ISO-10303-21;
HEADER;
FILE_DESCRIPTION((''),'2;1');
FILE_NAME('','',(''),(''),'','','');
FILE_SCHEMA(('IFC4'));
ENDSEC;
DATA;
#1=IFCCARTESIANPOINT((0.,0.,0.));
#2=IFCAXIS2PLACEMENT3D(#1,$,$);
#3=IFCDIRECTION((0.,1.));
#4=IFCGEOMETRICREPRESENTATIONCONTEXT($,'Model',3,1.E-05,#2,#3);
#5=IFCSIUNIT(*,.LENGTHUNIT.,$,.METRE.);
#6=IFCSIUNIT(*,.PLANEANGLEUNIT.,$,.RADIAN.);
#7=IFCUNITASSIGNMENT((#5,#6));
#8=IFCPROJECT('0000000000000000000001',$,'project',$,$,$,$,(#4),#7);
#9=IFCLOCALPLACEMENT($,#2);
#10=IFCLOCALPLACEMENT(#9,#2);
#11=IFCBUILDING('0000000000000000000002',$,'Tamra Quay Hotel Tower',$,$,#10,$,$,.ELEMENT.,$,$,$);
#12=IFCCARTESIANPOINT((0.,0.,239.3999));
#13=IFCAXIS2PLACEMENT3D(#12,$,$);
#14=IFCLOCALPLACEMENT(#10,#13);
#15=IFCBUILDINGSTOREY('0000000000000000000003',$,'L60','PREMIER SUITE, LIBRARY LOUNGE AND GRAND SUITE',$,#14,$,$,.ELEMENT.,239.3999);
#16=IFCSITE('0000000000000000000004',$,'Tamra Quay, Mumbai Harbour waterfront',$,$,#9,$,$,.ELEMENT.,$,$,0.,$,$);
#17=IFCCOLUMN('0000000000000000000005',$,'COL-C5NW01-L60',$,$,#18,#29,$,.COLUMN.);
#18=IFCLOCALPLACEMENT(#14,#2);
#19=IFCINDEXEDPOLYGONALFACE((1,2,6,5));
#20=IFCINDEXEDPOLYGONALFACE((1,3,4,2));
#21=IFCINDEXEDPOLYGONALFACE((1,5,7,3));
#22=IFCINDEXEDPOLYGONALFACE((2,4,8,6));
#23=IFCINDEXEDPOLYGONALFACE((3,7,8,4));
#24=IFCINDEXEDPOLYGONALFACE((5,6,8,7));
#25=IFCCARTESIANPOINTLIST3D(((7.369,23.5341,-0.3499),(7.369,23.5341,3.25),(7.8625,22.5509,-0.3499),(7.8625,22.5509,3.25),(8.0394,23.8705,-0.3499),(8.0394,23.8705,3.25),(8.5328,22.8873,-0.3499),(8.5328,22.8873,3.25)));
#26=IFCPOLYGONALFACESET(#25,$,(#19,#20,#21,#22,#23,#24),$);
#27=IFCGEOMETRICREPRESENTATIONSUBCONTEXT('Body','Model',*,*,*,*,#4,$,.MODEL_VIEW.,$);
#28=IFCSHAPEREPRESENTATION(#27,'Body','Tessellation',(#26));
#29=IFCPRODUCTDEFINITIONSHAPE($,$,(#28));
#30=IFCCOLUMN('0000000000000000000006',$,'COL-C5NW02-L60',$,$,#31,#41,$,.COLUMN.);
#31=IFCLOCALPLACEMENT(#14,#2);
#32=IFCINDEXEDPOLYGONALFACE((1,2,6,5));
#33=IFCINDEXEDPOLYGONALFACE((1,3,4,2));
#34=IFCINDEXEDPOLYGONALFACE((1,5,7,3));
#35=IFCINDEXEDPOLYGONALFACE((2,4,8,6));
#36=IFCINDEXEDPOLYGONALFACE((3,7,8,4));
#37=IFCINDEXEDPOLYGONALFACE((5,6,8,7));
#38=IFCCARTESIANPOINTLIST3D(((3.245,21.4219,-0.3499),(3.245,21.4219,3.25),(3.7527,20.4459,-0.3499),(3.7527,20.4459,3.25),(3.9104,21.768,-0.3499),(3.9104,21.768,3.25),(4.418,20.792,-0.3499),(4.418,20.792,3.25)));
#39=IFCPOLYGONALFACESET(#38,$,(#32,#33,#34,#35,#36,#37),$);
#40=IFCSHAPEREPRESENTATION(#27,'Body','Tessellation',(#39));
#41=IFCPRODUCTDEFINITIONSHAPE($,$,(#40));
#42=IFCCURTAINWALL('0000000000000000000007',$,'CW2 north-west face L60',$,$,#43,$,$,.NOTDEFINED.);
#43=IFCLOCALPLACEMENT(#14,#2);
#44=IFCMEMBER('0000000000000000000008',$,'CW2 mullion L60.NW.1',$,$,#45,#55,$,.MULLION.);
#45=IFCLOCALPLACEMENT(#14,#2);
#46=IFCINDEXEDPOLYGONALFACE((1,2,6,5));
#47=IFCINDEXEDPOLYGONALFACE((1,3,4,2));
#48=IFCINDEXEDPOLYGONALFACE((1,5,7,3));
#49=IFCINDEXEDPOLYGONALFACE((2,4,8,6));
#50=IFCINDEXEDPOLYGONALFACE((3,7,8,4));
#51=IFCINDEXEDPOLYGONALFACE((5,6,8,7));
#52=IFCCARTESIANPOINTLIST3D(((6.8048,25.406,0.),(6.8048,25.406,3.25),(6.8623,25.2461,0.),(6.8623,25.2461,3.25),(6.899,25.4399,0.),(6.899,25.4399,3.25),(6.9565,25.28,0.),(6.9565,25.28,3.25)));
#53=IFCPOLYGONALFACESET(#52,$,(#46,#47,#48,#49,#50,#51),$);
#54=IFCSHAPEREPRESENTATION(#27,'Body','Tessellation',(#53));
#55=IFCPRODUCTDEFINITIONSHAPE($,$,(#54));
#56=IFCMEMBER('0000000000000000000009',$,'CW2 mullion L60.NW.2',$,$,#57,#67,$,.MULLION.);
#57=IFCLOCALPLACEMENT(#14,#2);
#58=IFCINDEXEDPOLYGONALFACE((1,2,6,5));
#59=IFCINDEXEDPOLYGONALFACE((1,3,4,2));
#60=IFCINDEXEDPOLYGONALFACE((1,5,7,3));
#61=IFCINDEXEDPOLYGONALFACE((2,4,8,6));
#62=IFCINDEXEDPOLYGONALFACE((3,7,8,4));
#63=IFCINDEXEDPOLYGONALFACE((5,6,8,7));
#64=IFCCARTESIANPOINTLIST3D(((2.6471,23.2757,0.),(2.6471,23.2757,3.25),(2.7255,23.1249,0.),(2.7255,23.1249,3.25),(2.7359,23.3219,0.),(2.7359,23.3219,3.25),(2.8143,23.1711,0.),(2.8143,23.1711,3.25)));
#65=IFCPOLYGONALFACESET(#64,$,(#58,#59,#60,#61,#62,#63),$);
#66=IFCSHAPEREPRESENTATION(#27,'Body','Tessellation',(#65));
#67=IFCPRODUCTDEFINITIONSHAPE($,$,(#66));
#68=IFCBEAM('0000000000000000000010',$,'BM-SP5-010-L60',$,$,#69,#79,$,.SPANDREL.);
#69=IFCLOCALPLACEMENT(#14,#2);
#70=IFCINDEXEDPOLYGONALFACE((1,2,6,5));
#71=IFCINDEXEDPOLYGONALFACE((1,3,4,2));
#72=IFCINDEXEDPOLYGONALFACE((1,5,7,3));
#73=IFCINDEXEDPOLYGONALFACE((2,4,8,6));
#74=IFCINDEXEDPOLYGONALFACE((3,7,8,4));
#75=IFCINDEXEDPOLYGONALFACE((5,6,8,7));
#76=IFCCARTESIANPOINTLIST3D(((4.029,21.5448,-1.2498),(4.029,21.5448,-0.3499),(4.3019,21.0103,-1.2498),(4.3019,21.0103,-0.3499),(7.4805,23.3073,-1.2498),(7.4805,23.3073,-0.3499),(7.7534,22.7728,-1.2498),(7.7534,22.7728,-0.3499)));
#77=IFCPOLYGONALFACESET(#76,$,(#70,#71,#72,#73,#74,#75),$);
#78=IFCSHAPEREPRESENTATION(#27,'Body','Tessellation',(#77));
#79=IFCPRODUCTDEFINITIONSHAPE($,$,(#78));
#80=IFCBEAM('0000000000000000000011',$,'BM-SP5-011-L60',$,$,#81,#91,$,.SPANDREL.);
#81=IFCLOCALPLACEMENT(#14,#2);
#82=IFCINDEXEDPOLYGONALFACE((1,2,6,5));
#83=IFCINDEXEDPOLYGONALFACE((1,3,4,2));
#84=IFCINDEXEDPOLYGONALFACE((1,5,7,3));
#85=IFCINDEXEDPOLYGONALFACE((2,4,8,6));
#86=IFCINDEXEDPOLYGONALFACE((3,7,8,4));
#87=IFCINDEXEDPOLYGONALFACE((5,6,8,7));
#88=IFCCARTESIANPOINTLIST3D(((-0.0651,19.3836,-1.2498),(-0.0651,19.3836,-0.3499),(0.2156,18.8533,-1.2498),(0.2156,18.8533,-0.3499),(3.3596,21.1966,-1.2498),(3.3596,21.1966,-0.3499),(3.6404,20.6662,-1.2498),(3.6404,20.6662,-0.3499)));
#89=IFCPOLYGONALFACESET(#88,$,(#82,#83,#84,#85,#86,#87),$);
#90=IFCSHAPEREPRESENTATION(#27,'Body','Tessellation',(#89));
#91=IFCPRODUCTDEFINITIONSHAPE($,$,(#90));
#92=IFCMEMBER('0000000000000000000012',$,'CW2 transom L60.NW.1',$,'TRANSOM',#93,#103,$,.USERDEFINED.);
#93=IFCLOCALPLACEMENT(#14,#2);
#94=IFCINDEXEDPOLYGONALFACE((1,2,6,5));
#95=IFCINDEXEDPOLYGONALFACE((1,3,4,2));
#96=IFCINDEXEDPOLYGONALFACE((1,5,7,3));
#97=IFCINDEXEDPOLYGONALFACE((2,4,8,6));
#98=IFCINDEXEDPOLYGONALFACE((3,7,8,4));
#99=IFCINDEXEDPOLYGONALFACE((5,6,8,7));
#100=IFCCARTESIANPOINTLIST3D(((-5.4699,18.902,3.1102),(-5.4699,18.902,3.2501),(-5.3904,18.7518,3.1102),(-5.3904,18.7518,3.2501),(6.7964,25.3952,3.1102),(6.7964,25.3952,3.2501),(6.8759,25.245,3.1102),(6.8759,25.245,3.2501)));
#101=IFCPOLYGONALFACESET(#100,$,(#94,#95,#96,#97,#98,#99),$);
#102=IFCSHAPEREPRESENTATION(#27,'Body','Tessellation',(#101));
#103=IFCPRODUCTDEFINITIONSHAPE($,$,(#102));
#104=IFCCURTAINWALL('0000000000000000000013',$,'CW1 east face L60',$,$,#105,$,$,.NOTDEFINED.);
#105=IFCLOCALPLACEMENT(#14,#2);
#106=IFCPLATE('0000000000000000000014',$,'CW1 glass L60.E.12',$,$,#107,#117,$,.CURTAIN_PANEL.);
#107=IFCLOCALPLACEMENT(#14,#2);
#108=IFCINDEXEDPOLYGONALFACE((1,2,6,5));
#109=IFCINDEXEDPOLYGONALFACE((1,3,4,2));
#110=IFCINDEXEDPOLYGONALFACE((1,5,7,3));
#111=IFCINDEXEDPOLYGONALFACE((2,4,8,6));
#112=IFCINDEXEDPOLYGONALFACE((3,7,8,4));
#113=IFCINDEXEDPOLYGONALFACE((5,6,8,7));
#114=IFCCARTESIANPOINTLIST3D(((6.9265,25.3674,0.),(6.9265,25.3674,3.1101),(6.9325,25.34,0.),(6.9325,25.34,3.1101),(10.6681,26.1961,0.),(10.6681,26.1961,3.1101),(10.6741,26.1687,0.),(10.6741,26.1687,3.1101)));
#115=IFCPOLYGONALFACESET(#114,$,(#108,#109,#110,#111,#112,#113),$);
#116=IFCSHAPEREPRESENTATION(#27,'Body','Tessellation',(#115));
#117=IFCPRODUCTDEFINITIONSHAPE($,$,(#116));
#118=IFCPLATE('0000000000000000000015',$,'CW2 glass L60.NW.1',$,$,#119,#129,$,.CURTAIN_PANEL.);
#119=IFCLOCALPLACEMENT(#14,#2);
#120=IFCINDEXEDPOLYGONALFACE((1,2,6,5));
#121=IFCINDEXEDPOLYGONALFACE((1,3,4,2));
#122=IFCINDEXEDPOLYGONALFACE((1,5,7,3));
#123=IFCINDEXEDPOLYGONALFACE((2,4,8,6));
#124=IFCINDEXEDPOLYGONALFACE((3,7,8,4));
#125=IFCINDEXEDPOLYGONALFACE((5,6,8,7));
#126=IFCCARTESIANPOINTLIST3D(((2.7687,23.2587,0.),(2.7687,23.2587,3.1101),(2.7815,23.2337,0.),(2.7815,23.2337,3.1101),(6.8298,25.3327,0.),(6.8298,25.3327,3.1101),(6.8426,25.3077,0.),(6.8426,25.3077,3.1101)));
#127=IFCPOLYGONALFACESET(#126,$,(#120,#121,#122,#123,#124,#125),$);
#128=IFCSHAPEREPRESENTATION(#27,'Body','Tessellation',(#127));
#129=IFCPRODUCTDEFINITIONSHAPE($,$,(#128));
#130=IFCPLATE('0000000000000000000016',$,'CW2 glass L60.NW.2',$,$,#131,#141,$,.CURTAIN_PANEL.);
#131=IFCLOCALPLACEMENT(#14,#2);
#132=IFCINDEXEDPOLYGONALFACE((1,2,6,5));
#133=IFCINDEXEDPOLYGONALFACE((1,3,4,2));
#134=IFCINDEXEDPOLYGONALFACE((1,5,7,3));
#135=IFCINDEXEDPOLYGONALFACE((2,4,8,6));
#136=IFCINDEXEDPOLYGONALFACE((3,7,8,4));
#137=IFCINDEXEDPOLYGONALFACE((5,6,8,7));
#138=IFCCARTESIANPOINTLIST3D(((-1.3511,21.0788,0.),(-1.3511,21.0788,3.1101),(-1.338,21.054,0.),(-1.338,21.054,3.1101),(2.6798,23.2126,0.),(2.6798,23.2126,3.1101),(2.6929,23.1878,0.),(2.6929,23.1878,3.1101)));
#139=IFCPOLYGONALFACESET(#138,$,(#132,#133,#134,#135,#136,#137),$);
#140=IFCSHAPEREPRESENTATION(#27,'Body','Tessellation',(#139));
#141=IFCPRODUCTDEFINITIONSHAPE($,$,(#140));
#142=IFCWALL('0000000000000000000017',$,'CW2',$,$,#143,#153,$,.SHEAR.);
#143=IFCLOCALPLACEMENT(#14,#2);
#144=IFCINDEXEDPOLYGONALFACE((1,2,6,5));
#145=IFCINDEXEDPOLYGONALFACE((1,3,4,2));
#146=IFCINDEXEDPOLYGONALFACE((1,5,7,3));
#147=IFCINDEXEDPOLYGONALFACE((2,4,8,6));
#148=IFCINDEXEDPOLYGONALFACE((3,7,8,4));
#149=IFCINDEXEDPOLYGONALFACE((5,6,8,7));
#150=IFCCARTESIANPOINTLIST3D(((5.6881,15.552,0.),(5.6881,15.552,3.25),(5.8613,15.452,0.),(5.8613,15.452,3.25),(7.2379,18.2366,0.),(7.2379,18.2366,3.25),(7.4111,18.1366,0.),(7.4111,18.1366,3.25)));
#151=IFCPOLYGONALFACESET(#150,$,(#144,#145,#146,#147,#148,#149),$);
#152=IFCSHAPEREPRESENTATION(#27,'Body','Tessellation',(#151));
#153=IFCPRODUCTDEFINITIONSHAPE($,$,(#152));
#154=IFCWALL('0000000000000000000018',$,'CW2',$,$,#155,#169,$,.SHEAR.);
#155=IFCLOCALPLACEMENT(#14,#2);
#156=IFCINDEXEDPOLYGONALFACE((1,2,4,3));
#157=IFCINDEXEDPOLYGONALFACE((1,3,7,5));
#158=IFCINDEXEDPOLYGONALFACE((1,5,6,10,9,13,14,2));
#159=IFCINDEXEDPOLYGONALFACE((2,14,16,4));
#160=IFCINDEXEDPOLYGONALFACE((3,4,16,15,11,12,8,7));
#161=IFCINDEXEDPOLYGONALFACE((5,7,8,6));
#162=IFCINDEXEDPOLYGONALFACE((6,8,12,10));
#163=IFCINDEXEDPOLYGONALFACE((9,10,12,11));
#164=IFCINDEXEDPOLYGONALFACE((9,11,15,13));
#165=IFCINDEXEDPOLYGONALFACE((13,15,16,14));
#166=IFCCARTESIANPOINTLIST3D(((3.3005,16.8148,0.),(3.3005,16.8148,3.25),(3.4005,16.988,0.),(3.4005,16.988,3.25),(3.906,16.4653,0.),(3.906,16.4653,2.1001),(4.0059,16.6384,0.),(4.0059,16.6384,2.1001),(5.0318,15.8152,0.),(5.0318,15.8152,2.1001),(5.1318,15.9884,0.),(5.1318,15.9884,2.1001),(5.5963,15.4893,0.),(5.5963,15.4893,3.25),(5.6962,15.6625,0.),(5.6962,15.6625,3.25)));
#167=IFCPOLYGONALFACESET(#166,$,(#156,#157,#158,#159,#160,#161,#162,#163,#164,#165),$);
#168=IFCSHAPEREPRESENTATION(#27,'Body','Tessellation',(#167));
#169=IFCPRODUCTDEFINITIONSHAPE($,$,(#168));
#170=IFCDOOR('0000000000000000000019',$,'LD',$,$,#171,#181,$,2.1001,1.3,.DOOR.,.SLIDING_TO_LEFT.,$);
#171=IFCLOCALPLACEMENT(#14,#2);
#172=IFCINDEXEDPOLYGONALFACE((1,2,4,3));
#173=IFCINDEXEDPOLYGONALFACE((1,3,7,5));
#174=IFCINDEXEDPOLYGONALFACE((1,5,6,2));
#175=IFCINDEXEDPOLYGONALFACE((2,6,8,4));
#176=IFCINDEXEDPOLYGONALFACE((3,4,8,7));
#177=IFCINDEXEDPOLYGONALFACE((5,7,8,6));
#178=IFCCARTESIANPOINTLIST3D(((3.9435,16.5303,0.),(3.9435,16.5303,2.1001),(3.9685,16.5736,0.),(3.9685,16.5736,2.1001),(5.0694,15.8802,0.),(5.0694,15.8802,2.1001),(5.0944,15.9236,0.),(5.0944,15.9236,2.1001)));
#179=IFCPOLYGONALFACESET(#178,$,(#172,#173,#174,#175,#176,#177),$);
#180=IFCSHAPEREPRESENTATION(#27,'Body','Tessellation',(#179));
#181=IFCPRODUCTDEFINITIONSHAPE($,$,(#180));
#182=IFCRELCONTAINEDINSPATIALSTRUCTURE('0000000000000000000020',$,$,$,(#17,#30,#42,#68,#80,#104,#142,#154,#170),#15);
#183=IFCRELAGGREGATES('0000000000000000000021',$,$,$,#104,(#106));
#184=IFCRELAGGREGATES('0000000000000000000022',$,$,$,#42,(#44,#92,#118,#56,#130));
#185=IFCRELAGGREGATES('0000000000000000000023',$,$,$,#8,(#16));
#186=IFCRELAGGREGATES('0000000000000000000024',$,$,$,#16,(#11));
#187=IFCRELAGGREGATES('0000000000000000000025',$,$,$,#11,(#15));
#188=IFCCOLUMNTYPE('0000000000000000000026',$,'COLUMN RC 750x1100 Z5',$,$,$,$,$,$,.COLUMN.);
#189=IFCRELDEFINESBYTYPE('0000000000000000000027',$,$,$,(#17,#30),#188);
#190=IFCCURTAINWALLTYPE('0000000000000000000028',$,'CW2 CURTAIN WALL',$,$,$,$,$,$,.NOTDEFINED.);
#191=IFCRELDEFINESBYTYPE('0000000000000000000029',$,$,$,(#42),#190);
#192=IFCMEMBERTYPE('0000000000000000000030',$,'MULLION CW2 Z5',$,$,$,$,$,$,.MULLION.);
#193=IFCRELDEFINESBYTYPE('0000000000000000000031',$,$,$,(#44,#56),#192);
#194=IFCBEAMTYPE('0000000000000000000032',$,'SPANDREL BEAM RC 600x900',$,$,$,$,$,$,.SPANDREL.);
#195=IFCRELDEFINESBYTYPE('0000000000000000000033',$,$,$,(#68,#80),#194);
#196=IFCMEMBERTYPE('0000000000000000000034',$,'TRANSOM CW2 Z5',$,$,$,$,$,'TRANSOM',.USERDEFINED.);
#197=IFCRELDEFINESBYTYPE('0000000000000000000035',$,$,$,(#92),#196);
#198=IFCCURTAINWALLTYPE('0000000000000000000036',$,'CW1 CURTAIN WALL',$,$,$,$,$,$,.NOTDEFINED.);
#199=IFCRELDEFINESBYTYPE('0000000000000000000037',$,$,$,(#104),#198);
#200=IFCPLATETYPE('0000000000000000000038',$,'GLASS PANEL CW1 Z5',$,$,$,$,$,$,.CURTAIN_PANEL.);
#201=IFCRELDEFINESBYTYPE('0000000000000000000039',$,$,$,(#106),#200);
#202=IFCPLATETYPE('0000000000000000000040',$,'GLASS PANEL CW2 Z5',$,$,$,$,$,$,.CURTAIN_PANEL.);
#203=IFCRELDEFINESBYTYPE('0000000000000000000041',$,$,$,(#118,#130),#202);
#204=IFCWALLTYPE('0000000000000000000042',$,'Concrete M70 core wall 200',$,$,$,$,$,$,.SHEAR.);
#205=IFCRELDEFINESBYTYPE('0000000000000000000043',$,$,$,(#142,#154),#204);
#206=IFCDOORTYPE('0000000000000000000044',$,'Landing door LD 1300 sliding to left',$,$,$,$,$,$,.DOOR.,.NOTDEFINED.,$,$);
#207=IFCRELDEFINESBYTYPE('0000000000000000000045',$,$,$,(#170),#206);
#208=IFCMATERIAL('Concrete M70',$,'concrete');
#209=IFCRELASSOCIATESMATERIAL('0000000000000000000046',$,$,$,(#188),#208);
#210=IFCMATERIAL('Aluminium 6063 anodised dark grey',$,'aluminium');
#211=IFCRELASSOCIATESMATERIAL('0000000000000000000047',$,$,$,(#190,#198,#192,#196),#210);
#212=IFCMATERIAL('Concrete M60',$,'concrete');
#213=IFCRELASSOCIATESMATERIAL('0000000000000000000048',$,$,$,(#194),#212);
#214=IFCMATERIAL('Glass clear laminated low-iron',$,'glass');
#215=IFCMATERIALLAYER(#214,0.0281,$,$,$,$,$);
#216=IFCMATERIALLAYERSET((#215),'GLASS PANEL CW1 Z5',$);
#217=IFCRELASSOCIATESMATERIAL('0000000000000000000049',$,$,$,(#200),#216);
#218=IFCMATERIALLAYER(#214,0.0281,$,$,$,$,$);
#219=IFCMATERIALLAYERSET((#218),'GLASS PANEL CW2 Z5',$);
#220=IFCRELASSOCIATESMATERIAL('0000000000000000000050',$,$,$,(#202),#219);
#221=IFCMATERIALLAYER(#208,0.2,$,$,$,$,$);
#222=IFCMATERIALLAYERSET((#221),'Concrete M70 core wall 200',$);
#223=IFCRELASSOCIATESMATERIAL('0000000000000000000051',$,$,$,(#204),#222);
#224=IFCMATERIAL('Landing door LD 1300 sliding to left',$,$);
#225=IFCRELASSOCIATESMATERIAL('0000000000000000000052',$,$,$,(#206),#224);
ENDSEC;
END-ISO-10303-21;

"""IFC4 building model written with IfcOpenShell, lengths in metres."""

from ifc_helpers import new_model, si_unit, direction, frame, frame_2d, origin, origin_2d, place, context, subcontext, project, spatial, rectangle, extrude, material, layer, layer_set, material_profile, profile_set, type_object, element, fill, aggregate, save


model = new_model("IFC4")

# Units and contexts
model_context = context("Model", 3, precision=1e-05, world=origin(), true_north=direction((0.0, 1.0)))
body_context = subcontext(model_context, "Body", "Model", "MODEL_VIEW")
ifc_project = project(units=[si_unit("LENGTHUNIT", "METRE"), si_unit("PLANEANGLEUNIT", "RADIAN")], contexts=[model_context])

# Site, building, storey
site_placement = place(None, origin())
site = spatial("IfcSite", under=ifc_project, at=site_placement, Name="Tamra Quay, Mumbai Harbour waterfront", CompositionType="ELEMENT", RefElevation=0.0)
building_placement = place(site_placement, origin())
building = spatial("IfcBuilding", under=site, at=building_placement, Name="Tamra Quay Hotel Tower", CompositionType="ELEMENT")
storey_placement = place(building_placement, frame((0.0, 0.0, 239.3999)))
storey = spatial("IfcBuildingStorey", under=building, at=storey_placement, Name="L60", Description="PREMIER SUITE, LIBRARY LOUNGE AND GRAND SUITE", CompositionType="ELEMENT", Elevation=239.3999)

# Columns
ifc_material_1 = material(Name="Concrete M70", Category="concrete")
ifc_material_profile_1 = material_profile(ifc_material_1, rectangle(XDim=1.1001, YDim=0.75, at=origin_2d()), Name="COLUMN RC 750x1100 Z5")
ifc_profile_set_1 = profile_set([ifc_material_profile_1], Name="Concrete M70")
column_type = type_object("IfcColumnType", Name="COLUMN RC 750x1100 Z5", PredefinedType="COLUMN", material=ifc_profile_set_1)
for number, where, z_axis, x_axis, name in (
    (1, (7.9509, 23.2107, -0.3499), (0.0, 0.0, 1.0), (-0.448553, 0.893756, 0.0), "COL-C5NW01-L60"),
    (2, (3.8315, 21.1069, -0.3499), (0.0, 0.0, 1.0), (-0.461448, 0.887167, 0.0), "COL-C5NW02-L60"),
):
    element("IfcColumn", number, at=place(storey_placement, frame(where, z_axis=z_axis, x_axis=x_axis)), inside=storey, type_object=column_type, Name=name, PredefinedType="COLUMN", context=body_context, shape_type="SweptSolid", body=[
        extrude(rectangle(XDim=1.1001, YDim=0.75, at=origin_2d()), origin(), (0.0, 0.0, 1.0), 3.5999),
    ])

# Curtain wall, members
ifc_material_2 = material(Name="Aluminium 6063 anodised dark grey", Category="aluminium")
curtain_wall_type_1 = type_object("IfcCurtainWallType", Name="CW2 CURTAIN WALL", PredefinedType="NOTDEFINED", material=ifc_material_2)
curtain_wall_1_placement = place(storey_placement, origin())
curtain_wall_1 = element("IfcCurtainWall", 3, at=curtain_wall_1_placement, inside=storey, type_object=curtain_wall_type_1, Name="CW2 north-west face L60", PredefinedType="NOTDEFINED")
ifc_material_profile_2 = material_profile(ifc_material_2, rectangle(XDim=0.1699, YDim=0.1001, at=origin_2d()), Name="MULLION 100X170")
ifc_profile_set_2 = profile_set([ifc_material_profile_2], Name="Aluminium 6063 anodised dark grey")
member_type_1 = type_object("IfcMemberType", Name="MULLION CW2 Z5", PredefinedType="MULLION", material=ifc_profile_set_2)
member_1_placement = place(storey_placement, frame((6.8806, 25.343, 0.0), z_axis=(0.0, 0.0, 1.0), x_axis=(-0.338259, 0.941053, 0.0)))
member_1 = element("IfcMember", 4, at=member_1_placement, type_object=member_type_1, Name="CW2 mullion L60.NW.1", PredefinedType="MULLION", context=body_context, shape_type="SweptSolid", body=[
    extrude(rectangle(XDim=0.1699, YDim=0.1001, at=origin_2d()), origin(), (0.0, 0.0, 1.0), 3.25),
])
member_2_placement = place(storey_placement, frame((2.7307, 23.2234, 0.0), z_axis=(0.0, 0.0, 1.0), x_axis=(-0.461344, 0.887221, 0.0)))
member_2 = element("IfcMember", 5, at=member_2_placement, type_object=member_type_1, Name="CW2 mullion L60.NW.2", PredefinedType="MULLION", context=body_context, shape_type="SweptSolid", body=[
    extrude(rectangle(XDim=0.1699, YDim=0.1001, at=origin_2d()), origin(), (0.0, 0.0, 1.0), 3.25),
])

# Beams
ifc_material_3 = material(Name="Concrete M60", Category="concrete")
ifc_material_profile_3 = material_profile(ifc_material_3, rectangle(XDim=0.6001, YDim=0.8999, at=origin_2d()), Name="SPANDREL BEAM RC 600x900")
ifc_profile_set_3 = profile_set([ifc_material_profile_3], Name="Concrete M60")
beam_type = type_object("IfcBeamType", Name="SPANDREL BEAM RC 600x900", PredefinedType="SPANDREL", material=ifc_profile_set_3)
beam_1_placement = place(storey_placement, frame((7.6169, 23.04, -0.7998), z_axis=(-0.890603, -0.454782, 0.0), x_axis=(0.454782, -0.890603, 0.0)))
element("IfcBeam", 6, at=beam_1_placement, inside=storey, type_object=beam_type, Name="BM-SP5-010-L60", PredefinedType="SPANDREL", context=body_context, shape_type="SweptSolid", body=[
    extrude(rectangle(XDim=0.6001, YDim=0.8999, at=origin_2d()), origin(), (0.0, 0.0, 1.0), 3.8755),
])
beam_2_placement = place(storey_placement, frame((3.5, 20.9314, -0.7998), z_axis=(-0.883803, -0.467859, 0.0), x_axis=(0.467859, -0.883803, 0.0)))
element("IfcBeam", 7, at=beam_2_placement, inside=storey, type_object=beam_type, Name="BM-SP5-011-L60", PredefinedType="SPANDREL", context=body_context, shape_type="SweptSolid", body=[
    extrude(rectangle(XDim=0.6001, YDim=0.8999, at=origin_2d()), origin(), (0.0, 0.0, 1.0), 3.875),
])

# Member
ifc_material_profile_4 = material_profile(ifc_material_2, rectangle(XDim=0.1699, YDim=0.1399, at=origin_2d()), Name="TRANSOM 170X140")
ifc_profile_set_4 = profile_set([ifc_material_profile_4], Name="Aluminium 6063 anodised dark grey")
member_type_2 = type_object("IfcMemberType", Name="TRANSOM CW2 Z5", ElementType="TRANSOM", PredefinedType="USERDEFINED", material=ifc_profile_set_4)
member_3_placement = place(storey_placement, frame((6.8362, 25.3201, 3.1802), z_axis=(-0.883811, -0.467843, 0.0), x_axis=(0.467843, -0.883811, 0.0)))
member_3 = element("IfcMember", 8, at=member_3_placement, type_object=member_type_2, Name="CW2 transom L60.NW.1", ObjectType="TRANSOM", PredefinedType="USERDEFINED", context=body_context, shape_type="SweptSolid", body=[
    extrude(rectangle(XDim=0.1699, YDim=0.1399, at=origin_2d()), origin(), (0.0, 0.0, 1.0), 13.8789),
])

# Curtain wall, plate
curtain_wall_type_2 = type_object("IfcCurtainWallType", Name="CW1 CURTAIN WALL", PredefinedType="NOTDEFINED", material=ifc_material_2)
curtain_wall_2_placement = place(storey_placement, origin())
curtain_wall_2 = element("IfcCurtainWall", 9, at=curtain_wall_2_placement, inside=storey, type_object=curtain_wall_type_2, Name="CW1 east face L60", PredefinedType="NOTDEFINED")
ifc_material_4 = material(Name="Glass clear laminated low-iron", Category="glass")
ifc_layer_1 = layer(ifc_material_4, 0.0281)
ifc_layer_set_1 = layer_set([ifc_layer_1], Name="GLASS PANEL CW1 Z5")
plate_type_1 = type_object("IfcPlateType", Name="GLASS PANEL CW1 Z5", PredefinedType="CURTAIN_PANEL", material=ifc_layer_set_1)
plate_1_placement = place(storey_placement, frame((8.8003, 25.7681, 0.0), z_axis=(0.0, 0.0, 1.0), x_axis=(-0.976341, -0.216238, 0.0)))
plate_1 = element("IfcPlate", 10, at=plate_1_placement, type_object=plate_type_1, Name="CW1 glass L60.E.12", PredefinedType="CURTAIN_PANEL", context=body_context, shape_type="SweptSolid", body=[
    extrude(rectangle(XDim=3.8323, YDim=0.0281, at=origin_2d()), origin(), (0.0, 0.0, 1.0), 3.1101),
])
aggregate(curtain_wall_2, [plate_1])

# Plates
ifc_layer_2 = layer(ifc_material_4, 0.0281)
ifc_layer_set_2 = layer_set([ifc_layer_2], Name="GLASS PANEL CW2 Z5")
plate_type_2 = type_object("IfcPlateType", Name="GLASS PANEL CW2 Z5", PredefinedType="CURTAIN_PANEL", material=ifc_layer_set_2)
plate_2_placement = place(storey_placement, frame((4.8057, 24.2832, 0.0), z_axis=(0.0, 0.0, 1.0), x_axis=(-0.890582, -0.454823, 0.0)))
plate_2 = element("IfcPlate", 11, at=plate_2_placement, type_object=plate_type_2, Name="CW2 glass L60.NW.1", PredefinedType="CURTAIN_PANEL", context=body_context, shape_type="SweptSolid", body=[
    extrude(rectangle(XDim=4.5601, YDim=0.0281, at=origin_2d()), origin(), (0.0, 0.0, 1.0), 3.1101),
])
plate_3_placement = place(storey_placement, frame((0.6709, 22.1333, 0.0), z_axis=(0.0, 0.0, 1.0), x_axis=(-0.883813, -0.467841, 0.0)))
plate_3 = element("IfcPlate", 12, at=plate_3_placement, type_object=plate_type_2, Name="CW2 glass L60.NW.2", PredefinedType="CURTAIN_PANEL", context=body_context, shape_type="SweptSolid", body=[
    extrude(rectangle(XDim=4.5608, YDim=0.0281, at=origin_2d()), origin(), (0.0, 0.0, 1.0), 3.1101),
])
aggregate(curtain_wall_1, [member_1, member_3, plate_2, member_2, plate_3])

# Wall
ifc_layer_3 = layer(ifc_material_1, 0.2)
ifc_layer_set_3 = layer_set([ifc_layer_3], Name="Concrete M70 core wall 200")
wall_type_1 = type_object("IfcWallType", Name="Concrete M70 core wall 200", PredefinedType="SHEAR", material=ifc_layer_set_3)
wall_1_placement = place(storey_placement, frame((7.3245, 18.1865, 0.0), z_axis=(0.0, 0.0, 1.0), x_axis=(-0.499968, -0.866044, 0.0)))
element("IfcWall", 13, at=wall_1_placement, inside=storey, type_object=wall_type_1, Name="CW2", PredefinedType="SHEAR", context=body_context, shape_type="SweptSolid", body=[
    extrude(rectangle(XDim=3.0999, YDim=0.2, at=frame_2d((1.5498, 0.0))), origin(), (0.0, 0.0, 1.0), 3.25),
])

# Wall, opening, door
wall_2_placement = place(storey_placement, frame((5.6462, 15.5759, 0.0), z_axis=(0.0, 0.0, 1.0), x_axis=(-0.866018, 0.500012, 0.0)))
wall_2 = element("IfcWall", 14, at=wall_2_placement, inside=storey, type_object=wall_type_1, Name="CW2", PredefinedType="SHEAR", context=body_context, shape_type="SweptSolid", body=[
    extrude(rectangle(XDim=2.6509, YDim=0.2, at=frame_2d((1.3254, 0.0))), origin(), (0.0, 0.0, 1.0), 3.25),
])
opening_1_placement = place(wall_2_placement, frame((0.6519, 0.0, 0.0)))
opening_1 = element("IfcOpeningElement", 15, at=opening_1_placement, cuts=wall_2, PredefinedType="OPENING", context=body_context, shape_type="SweptSolid", body=[
    extrude(rectangle(XDim=1.3, YDim=2.1001, at=frame_2d((0.6499, 1.05))), frame((0.0, 0.1099, 0.0), z_axis=(0.0, -1.0, 0.0), x_axis=(1.0, 0.0, 0.0)), (0.0, 0.0, 1.0), 0.22),
])
ifc_material_5 = material(Name="Landing door LD 1300 sliding to left")
door_type_1 = type_object("IfcDoorType", Name="Landing door LD 1300 sliding to left", OperationType="NOTDEFINED", PredefinedType="DOOR", material=ifc_material_5)
door_1_placement = place(opening_1_placement, origin())
door_1 = element("IfcDoor", 16, at=door_1_placement, inside=storey, type_object=door_type_1, Name="LD", OperationType="SLIDING_TO_LEFT", OverallHeight=2.1001, OverallWidth=1.3, PredefinedType="DOOR", context=body_context, shape_type="SweptSolid", body=[
    extrude(rectangle(XDim=1.3, YDim=2.1001, at=frame_2d((0.6499, 1.05))), frame((0.0, 0.0249, 0.0), z_axis=(0.0, -1.0, 0.0), x_axis=(1.0, 0.0, 0.0)), (0.0, 0.0, 1.0), 0.05),
])
fill(opening_1, door_1)

save(model, "model.ifc")
